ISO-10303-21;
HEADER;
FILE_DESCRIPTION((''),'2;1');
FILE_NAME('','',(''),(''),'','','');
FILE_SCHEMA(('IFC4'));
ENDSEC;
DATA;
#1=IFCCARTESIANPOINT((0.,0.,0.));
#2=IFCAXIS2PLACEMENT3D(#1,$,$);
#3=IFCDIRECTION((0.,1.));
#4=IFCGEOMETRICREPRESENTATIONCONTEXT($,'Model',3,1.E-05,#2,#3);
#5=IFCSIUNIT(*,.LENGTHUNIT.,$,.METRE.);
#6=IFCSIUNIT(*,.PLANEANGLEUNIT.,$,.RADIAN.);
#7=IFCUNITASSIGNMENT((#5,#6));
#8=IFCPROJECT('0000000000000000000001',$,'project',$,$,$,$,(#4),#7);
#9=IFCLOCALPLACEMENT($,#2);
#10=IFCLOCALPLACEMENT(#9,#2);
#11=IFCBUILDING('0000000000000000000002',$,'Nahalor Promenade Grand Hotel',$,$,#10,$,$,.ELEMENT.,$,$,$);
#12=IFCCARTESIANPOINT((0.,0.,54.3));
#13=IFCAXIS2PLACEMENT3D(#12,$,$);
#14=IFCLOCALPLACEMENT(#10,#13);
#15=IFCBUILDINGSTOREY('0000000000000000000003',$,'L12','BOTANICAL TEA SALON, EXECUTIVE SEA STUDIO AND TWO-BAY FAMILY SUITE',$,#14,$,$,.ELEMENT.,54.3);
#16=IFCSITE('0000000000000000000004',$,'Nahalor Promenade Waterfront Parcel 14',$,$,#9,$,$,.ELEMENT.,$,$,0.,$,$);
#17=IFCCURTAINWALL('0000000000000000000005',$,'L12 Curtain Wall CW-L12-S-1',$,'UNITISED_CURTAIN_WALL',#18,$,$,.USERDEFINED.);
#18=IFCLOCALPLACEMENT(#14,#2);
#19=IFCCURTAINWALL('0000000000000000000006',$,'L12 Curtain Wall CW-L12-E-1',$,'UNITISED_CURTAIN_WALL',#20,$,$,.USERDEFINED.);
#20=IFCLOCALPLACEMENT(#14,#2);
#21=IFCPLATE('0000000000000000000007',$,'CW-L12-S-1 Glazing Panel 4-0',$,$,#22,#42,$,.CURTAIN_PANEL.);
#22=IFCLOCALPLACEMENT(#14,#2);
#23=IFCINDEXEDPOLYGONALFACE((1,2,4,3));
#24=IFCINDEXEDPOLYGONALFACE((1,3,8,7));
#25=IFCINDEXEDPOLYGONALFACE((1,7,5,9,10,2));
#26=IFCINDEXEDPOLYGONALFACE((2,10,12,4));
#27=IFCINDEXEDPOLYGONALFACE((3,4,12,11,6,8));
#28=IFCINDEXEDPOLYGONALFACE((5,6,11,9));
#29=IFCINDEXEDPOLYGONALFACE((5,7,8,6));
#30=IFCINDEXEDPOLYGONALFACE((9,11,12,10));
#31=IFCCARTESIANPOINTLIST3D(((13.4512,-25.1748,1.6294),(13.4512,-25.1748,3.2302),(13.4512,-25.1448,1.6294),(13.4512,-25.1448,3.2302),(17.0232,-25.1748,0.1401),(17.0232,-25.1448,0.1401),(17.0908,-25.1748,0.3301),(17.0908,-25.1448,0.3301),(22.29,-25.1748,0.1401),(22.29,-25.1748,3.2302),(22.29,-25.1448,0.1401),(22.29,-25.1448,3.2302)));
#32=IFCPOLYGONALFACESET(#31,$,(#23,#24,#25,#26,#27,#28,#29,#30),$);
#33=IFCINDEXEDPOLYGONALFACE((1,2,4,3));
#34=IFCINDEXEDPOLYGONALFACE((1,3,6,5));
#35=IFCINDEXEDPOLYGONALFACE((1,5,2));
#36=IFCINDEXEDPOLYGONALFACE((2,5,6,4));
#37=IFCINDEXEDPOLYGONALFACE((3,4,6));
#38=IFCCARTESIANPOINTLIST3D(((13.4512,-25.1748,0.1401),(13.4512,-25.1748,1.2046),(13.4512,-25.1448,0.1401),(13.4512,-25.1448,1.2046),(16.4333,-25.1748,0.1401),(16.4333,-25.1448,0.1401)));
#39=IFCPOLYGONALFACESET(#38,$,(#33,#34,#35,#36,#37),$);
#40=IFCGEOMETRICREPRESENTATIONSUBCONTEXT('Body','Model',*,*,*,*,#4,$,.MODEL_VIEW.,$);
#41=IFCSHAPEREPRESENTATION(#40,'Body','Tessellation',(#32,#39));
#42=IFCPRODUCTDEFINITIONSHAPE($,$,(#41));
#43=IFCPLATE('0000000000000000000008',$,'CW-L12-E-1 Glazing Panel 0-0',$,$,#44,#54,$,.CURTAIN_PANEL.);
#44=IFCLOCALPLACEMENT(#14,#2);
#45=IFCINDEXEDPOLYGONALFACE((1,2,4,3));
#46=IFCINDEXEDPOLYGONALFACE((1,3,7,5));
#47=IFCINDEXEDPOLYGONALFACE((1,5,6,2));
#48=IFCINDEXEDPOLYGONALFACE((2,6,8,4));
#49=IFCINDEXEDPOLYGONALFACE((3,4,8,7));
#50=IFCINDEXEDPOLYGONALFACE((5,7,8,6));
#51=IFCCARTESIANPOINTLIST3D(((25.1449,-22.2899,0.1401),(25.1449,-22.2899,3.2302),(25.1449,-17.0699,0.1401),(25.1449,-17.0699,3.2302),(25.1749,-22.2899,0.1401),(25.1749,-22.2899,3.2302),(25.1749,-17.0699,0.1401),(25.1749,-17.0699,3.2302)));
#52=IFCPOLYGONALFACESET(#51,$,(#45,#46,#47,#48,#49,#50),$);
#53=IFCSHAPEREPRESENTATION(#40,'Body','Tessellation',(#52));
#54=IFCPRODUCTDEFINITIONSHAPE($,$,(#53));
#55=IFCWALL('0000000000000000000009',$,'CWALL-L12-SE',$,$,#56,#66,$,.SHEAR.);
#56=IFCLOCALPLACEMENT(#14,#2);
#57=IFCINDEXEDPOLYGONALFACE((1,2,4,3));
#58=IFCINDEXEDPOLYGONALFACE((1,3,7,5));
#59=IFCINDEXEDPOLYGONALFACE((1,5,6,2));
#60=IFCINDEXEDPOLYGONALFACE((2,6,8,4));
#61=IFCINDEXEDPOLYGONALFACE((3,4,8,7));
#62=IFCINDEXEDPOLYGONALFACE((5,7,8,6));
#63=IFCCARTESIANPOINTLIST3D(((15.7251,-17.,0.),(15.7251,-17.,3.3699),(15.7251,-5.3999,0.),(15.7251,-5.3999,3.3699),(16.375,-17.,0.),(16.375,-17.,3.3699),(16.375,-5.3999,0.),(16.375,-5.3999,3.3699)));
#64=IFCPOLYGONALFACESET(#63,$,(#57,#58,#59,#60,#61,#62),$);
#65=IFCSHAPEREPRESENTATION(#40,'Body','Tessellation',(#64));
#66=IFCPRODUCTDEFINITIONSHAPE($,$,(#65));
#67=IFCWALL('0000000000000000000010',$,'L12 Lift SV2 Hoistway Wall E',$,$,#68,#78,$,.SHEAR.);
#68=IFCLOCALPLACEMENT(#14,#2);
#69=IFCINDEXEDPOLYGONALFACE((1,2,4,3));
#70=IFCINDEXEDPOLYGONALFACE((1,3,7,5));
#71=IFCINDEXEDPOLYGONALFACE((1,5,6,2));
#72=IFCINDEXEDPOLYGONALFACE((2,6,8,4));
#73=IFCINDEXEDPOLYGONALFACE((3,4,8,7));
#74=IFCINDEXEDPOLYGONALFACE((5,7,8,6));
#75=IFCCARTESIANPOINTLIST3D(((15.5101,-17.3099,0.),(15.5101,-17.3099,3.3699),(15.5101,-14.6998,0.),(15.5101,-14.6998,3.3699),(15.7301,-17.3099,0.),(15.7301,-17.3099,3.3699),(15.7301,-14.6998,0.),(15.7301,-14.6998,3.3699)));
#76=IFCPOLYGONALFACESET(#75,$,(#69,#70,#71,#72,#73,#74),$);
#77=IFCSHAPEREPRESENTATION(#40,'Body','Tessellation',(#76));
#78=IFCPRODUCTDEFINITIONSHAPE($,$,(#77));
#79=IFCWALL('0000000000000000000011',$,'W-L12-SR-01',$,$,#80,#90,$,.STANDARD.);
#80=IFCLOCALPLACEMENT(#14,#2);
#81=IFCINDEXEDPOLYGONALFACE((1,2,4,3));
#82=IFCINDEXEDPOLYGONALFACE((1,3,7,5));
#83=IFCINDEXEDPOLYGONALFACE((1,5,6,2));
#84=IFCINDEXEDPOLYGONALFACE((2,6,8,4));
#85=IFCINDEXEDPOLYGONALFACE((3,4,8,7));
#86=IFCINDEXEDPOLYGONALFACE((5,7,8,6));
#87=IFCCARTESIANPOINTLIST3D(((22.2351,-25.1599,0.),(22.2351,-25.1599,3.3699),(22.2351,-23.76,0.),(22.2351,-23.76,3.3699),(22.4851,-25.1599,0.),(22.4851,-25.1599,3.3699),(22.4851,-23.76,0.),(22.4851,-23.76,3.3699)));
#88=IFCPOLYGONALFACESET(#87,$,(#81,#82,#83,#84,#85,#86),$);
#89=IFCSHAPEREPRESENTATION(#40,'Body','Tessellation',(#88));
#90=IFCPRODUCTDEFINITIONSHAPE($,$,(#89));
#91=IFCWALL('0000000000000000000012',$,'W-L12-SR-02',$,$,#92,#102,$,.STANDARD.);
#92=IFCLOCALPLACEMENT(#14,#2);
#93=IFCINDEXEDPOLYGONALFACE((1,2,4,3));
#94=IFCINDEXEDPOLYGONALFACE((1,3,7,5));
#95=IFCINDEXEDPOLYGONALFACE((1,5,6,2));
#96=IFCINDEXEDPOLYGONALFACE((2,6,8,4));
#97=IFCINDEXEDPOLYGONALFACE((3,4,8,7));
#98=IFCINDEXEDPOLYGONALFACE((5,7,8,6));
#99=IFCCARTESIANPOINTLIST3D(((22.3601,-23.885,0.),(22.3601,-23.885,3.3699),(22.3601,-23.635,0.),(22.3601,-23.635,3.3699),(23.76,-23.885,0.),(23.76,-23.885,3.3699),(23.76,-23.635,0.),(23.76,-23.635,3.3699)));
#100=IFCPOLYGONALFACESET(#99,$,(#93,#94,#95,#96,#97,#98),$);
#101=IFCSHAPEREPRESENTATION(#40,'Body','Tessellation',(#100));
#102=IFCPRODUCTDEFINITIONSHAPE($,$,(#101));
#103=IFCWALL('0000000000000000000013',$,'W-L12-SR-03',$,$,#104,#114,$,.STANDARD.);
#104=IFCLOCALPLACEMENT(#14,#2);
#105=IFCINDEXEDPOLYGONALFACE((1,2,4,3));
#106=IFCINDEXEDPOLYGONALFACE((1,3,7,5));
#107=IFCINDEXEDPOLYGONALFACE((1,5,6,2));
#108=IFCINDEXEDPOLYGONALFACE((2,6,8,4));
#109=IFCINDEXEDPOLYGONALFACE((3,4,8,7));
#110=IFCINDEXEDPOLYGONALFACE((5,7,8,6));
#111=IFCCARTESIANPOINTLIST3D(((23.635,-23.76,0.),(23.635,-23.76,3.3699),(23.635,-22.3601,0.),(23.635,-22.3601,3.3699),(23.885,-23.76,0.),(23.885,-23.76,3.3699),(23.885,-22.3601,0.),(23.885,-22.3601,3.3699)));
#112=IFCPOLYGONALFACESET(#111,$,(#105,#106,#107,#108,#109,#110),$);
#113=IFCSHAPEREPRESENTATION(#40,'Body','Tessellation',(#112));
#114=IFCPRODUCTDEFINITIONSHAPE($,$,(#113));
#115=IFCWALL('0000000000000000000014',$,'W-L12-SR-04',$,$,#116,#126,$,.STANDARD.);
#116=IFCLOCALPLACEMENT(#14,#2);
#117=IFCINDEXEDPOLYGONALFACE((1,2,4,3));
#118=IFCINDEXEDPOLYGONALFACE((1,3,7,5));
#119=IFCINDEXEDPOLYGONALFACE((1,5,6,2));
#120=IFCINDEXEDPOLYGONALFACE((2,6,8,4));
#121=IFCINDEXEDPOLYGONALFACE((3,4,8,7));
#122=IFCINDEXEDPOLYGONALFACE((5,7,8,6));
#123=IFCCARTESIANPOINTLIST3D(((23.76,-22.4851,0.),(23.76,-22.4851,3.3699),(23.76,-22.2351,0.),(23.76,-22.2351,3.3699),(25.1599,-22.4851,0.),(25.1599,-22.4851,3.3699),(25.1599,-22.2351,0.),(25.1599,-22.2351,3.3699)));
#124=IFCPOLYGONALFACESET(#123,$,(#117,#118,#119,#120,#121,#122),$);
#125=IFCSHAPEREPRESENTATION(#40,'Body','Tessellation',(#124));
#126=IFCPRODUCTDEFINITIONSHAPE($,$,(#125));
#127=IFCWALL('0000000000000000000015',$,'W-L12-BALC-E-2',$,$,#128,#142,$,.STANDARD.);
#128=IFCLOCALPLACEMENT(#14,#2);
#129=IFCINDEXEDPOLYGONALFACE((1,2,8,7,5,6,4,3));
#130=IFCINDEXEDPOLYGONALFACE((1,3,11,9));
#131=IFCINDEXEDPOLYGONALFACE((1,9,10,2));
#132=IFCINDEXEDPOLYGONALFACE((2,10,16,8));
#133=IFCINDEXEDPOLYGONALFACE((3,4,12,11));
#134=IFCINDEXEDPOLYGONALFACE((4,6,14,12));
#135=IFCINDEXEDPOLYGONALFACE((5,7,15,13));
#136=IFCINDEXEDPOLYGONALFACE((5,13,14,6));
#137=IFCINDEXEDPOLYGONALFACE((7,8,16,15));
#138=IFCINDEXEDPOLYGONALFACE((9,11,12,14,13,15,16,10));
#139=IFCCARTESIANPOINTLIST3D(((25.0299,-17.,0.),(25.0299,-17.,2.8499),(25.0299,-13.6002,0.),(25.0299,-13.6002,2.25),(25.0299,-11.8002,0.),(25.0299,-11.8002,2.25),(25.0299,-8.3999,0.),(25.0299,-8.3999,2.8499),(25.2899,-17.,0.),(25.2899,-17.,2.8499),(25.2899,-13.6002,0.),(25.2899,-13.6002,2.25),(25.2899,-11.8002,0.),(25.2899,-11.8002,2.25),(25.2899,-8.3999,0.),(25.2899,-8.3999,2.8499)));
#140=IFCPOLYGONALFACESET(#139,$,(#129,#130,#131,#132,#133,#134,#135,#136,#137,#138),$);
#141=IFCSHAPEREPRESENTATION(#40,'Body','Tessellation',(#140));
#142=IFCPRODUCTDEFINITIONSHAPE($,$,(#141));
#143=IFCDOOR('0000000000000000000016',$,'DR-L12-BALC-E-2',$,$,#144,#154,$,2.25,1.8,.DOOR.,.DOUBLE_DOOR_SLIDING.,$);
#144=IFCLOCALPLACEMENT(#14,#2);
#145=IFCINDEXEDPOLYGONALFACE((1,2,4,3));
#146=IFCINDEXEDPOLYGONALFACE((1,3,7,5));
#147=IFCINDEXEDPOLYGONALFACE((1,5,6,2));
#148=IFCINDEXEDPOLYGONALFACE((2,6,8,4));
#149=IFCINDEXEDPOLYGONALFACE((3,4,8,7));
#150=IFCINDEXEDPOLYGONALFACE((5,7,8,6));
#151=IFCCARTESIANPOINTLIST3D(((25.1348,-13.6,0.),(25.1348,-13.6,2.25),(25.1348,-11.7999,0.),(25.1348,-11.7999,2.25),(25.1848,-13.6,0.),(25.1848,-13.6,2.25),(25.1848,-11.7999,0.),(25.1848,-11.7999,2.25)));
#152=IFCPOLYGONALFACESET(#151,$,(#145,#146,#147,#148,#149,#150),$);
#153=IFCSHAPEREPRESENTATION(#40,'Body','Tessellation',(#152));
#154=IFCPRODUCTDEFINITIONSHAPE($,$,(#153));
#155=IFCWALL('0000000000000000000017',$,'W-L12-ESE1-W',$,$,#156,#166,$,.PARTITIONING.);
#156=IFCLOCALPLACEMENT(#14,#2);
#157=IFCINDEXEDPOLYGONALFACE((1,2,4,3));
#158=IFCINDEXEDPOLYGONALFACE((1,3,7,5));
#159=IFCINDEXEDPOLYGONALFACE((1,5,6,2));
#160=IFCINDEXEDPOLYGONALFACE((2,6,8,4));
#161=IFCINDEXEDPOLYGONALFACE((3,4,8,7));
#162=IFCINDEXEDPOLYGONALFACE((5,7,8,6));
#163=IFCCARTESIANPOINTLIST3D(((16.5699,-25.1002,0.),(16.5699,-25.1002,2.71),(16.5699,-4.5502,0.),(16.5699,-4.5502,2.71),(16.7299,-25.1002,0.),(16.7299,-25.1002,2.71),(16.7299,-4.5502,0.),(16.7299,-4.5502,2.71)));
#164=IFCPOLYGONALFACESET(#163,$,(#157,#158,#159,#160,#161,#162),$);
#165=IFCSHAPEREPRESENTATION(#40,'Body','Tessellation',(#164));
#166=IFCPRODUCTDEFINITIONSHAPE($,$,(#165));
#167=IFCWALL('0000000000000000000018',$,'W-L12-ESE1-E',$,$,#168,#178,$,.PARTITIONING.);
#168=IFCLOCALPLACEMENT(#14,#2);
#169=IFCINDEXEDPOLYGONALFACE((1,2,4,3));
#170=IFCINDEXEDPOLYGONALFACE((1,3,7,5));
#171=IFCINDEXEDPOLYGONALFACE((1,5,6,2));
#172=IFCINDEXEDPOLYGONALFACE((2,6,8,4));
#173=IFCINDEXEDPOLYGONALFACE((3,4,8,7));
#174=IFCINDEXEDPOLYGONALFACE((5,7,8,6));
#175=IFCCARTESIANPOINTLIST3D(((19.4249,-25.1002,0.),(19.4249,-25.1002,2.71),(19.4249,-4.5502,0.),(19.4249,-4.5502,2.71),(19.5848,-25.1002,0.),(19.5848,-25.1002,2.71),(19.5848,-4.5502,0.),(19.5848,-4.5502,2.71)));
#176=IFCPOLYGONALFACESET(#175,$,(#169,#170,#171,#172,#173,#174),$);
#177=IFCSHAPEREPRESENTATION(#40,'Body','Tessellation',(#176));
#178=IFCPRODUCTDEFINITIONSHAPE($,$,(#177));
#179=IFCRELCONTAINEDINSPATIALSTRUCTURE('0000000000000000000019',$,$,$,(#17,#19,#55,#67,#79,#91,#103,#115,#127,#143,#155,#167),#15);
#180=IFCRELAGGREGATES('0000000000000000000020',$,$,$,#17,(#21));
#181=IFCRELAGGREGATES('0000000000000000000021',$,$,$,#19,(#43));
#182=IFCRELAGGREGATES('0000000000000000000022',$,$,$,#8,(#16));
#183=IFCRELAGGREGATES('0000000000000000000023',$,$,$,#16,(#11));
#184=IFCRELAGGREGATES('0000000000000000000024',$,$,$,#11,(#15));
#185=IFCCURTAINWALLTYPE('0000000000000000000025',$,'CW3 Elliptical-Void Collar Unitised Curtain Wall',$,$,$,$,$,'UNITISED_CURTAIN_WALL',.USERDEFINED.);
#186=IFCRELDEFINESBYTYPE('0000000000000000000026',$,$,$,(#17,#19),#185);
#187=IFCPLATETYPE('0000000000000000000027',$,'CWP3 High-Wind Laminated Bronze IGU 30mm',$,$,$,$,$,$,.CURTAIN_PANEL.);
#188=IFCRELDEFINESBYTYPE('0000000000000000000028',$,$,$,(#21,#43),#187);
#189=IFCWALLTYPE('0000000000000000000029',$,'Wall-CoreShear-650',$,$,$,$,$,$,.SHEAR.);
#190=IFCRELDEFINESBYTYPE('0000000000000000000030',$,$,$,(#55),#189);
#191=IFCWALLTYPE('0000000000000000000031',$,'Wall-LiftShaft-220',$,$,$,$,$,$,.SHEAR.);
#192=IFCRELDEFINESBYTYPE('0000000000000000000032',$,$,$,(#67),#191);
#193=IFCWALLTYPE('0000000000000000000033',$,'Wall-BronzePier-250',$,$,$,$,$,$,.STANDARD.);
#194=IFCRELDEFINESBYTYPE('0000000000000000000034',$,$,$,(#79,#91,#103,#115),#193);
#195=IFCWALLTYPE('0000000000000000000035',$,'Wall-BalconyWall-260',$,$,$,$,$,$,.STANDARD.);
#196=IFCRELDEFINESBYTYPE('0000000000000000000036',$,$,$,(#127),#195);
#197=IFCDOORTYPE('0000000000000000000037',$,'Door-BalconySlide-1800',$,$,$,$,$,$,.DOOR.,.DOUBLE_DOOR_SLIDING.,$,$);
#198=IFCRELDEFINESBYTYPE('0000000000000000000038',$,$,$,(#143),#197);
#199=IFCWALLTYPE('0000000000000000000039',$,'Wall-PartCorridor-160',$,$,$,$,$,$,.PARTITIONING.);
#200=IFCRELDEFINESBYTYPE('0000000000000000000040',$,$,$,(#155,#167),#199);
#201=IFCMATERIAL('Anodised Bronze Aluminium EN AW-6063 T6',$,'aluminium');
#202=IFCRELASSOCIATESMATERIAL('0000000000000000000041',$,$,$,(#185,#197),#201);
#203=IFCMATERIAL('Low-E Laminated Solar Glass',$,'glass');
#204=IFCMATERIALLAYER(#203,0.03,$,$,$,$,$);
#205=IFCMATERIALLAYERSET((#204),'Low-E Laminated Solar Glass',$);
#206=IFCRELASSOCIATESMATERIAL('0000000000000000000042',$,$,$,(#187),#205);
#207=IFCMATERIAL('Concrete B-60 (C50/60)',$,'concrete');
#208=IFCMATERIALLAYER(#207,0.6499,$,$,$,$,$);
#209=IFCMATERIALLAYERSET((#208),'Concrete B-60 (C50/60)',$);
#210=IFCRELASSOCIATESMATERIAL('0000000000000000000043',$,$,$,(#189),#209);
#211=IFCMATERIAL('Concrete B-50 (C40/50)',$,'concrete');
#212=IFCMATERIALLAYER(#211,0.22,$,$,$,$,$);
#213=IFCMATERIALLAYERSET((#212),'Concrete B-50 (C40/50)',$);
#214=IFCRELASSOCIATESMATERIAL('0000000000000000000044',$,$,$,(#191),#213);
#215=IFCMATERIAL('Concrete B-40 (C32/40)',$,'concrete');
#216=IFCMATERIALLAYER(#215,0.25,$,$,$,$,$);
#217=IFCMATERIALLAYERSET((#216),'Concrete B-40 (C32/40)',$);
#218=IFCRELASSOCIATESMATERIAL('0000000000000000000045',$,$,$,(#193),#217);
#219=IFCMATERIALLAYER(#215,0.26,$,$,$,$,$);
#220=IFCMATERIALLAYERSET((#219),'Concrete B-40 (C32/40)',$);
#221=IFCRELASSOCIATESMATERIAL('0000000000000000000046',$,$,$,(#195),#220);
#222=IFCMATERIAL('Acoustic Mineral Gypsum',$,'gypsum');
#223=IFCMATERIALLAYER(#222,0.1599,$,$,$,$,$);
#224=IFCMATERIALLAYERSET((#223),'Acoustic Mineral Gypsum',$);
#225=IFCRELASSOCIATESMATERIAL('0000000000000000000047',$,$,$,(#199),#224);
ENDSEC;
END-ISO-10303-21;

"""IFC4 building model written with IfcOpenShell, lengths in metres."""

from ifc_helpers import new_model, si_unit, direction, frame, frame_2d, origin, origin_2d, place, context, subcontext, project, spatial, polyline, rectangle, outline, extrude, source, transform, mapped, material, layer, layer_set, type_object, element, fill, aggregate, save


model = new_model("IFC4")

# Units and contexts
model_context = context("Model", 3, precision=1e-05, world=origin(), true_north=direction((0.0, 1.0)))
body_context = subcontext(model_context, "Body", "Model", "MODEL_VIEW")
ifc_project = project(units=[si_unit("LENGTHUNIT", "METRE"), si_unit("PLANEANGLEUNIT", "RADIAN")], contexts=[model_context])

# Site, building, storey
site_placement = place(None, origin())
site = spatial("IfcSite", under=ifc_project, at=site_placement, Name="Nahalor Promenade Waterfront Parcel 14", CompositionType="ELEMENT", RefElevation=0.0)
building_placement = place(site_placement, origin())
building = spatial("IfcBuilding", under=site, at=building_placement, Name="Nahalor Promenade Grand Hotel", CompositionType="ELEMENT")
storey_placement = place(building_placement, frame((0.0, 0.0, 54.3)))
storey = spatial("IfcBuildingStorey", under=building, at=storey_placement, Name="L12", Description="BOTANICAL TEA SALON, EXECUTIVE SEA STUDIO AND TWO-BAY FAMILY SUITE", CompositionType="ELEMENT", Elevation=54.3)

# Curtain wall
ifc_material_1 = material(Name="Anodised Bronze Aluminium EN AW-6063 T6", Category="aluminium")
curtain_wall_type = type_object("IfcCurtainWallType", Name="CW3 Elliptical-Void Collar Unitised Curtain Wall", ElementType="UNITISED_CURTAIN_WALL", PredefinedType="USERDEFINED", material=ifc_material_1)
curtain_wall_1_placement = place(storey_placement, origin())
curtain_wall_1 = element("IfcCurtainWall", 1, at=curtain_wall_1_placement, inside=storey, type_object=curtain_wall_type, Name="L12 Curtain Wall CW-L12-S-1", ObjectType="UNITISED_CURTAIN_WALL", PredefinedType="USERDEFINED")

# Curtain wall
curtain_wall_2_placement = place(storey_placement, origin())
curtain_wall_2 = element("IfcCurtainWall", 2, at=curtain_wall_2_placement, inside=storey, type_object=curtain_wall_type, Name="L12 Curtain Wall CW-L12-E-1", ObjectType="UNITISED_CURTAIN_WALL", PredefinedType="USERDEFINED")

# Plates
ifc_material_2 = material(Name="Low-E Laminated Solar Glass", Category="glass")
ifc_layer_1 = layer(ifc_material_2, 0.03)
ifc_layer_set_1 = layer_set([ifc_layer_1], Name="Low-E Laminated Solar Glass")
plate_type = type_object("IfcPlateType", Name="CWP3 High-Wind Laminated Bronze IGU 30mm", PredefinedType="CURTAIN_PANEL", material=ifc_layer_set_1)
plate_1_placement = place(storey_placement, frame((17.8706, -25.1599, 0.1401), z_axis=(0.0, 0.0, 1.0), x_axis=(1.0, 0.0, 0.0)))
plate_1 = element("IfcPlate", 3, at=plate_1_placement, type_object=plate_type, Name="CW-L12-S-1 Glazing Panel 4-0", PredefinedType="CURTAIN_PANEL", context=body_context, shape_type="SweptSolid", body=[
    extrude(outline(polyline([(4.4194, 3.0901), (-4.4194, 3.0901), (-4.4194, 1.4893), (-0.7798, 0.1899), (-0.8474, 0.0), (4.4194, 0.0), (4.4194, 3.0901)])), frame((0.0, 0.0151, 0.0), z_axis=(0.0, -1.0, 0.0), x_axis=(1.0, 0.0, 0.0)), (0.0, 0.0, 1.0), 0.03),
    extrude(outline(polyline([(-4.4194, 1.0645), (-4.4194, 0.0), (-1.4373, 0.0), (-4.4194, 1.0645)])), frame((0.0, 0.0151, 0.0), z_axis=(0.0, -1.0, 0.0), x_axis=(1.0, 0.0, 0.0)), (0.0, 0.0, 1.0), 0.03),
])
aggregate(curtain_wall_1, [plate_1])
shared_shape_1 = source(origin(), body_context, "Body", "SweptSolid", [
    extrude(rectangle(XDim=5.22, YDim=0.03, at=origin_2d()), origin(), (0.0, 0.0, 1.0), 3.0901),
])
plate_2_placement = place(storey_placement, frame((25.1599, -19.6799, 0.1401), z_axis=(0.0, 0.0, 1.0), x_axis=(0.0, 1.0, 0.0)))
plate_2 = element("IfcPlate", 4, at=plate_2_placement, type_object=plate_type, Name="CW-L12-E-1 Glazing Panel 0-0", PredefinedType="CURTAIN_PANEL", context=body_context, shape_type="MappedRepresentation", body=[
    mapped(shared_shape_1, transform((0.0, 0.0, 0.0), scale=1.0)),
])
aggregate(curtain_wall_2, [plate_2])

# Walls
ifc_material_3 = material(Name="Concrete B-60 (C50/60)", Category="concrete")
ifc_layer_2 = layer(ifc_material_3, 0.6499)
ifc_layer_set_2 = layer_set([ifc_layer_2], Name="Concrete B-60 (C50/60)")
wall_type_1 = type_object("IfcWallType", Name="Wall-CoreShear-650", PredefinedType="SHEAR", material=ifc_layer_set_2)
shared_shape_2 = source(origin(), body_context, "Body", "SweptSolid", [
    extrude(rectangle(XDim=11.6001, YDim=0.6499, at=frame_2d((5.8, 0.0))), origin(), (0.0, 0.0, 1.0), 3.3699),
])
wall_1_placement = place(storey_placement, frame((16.05, -17.0, 0.0), z_axis=(0.0, 0.0, 1.0), x_axis=(0.0, 1.0, 0.0)))
element("IfcWall", 5, at=wall_1_placement, inside=storey, type_object=wall_type_1, Name="CWALL-L12-SE", PredefinedType="SHEAR", context=body_context, shape_type="MappedRepresentation", body=[
    mapped(shared_shape_2, transform((0.0, 0.0, 0.0), scale=1.0)),
])
ifc_material_4 = material(Name="Concrete B-50 (C40/50)", Category="concrete")
ifc_layer_3 = layer(ifc_material_4, 0.22)
ifc_layer_set_3 = layer_set([ifc_layer_3], Name="Concrete B-50 (C40/50)")
wall_type_2 = type_object("IfcWallType", Name="Wall-LiftShaft-220", PredefinedType="SHEAR", material=ifc_layer_set_3)
shared_shape_3 = source(origin(), body_context, "Body", "SweptSolid", [
    extrude(rectangle(XDim=2.6101, YDim=0.22, at=frame_2d((1.3052, 0.0))), origin(), (0.0, 0.0, 1.0), 3.3699),
])
wall_2_placement = place(storey_placement, frame((15.6201, -17.3101, 0.0), z_axis=(0.0, 0.0, 1.0), x_axis=(0.0, 1.0, 0.0)))
element("IfcWall", 6, at=wall_2_placement, inside=storey, type_object=wall_type_2, Name="L12 Lift SV2 Hoistway Wall E", PredefinedType="SHEAR", context=body_context, shape_type="MappedRepresentation", body=[
    mapped(shared_shape_3, transform((0.0, 0.0, 0.0), scale=1.0)),
])
ifc_material_5 = material(Name="Concrete B-40 (C32/40)", Category="concrete")
ifc_layer_4 = layer(ifc_material_5, 0.25)
ifc_layer_set_4 = layer_set([ifc_layer_4], Name="Concrete B-40 (C32/40)")
wall_type_3 = type_object("IfcWallType", Name="Wall-BronzePier-250", PredefinedType="STANDARD", material=ifc_layer_set_4)
shared_shape_4 = source(origin(), body_context, "Body", "SweptSolid", [
    extrude(rectangle(XDim=1.3999, YDim=0.25, at=frame_2d((0.7, 0.0))), origin(), (0.0, 0.0, 1.0), 3.3699),
])
for number, where, z_axis, x_axis, name in (
    (7, (22.3601, -25.1599, 0.0), (0.0, 0.0, 1.0), (0.0, 1.0, 0.0), "W-L12-SR-01"),
    (8, (22.3601, -23.76, 0.0), (0.0, 0.0, 1.0), (1.0, 0.0, 0.0), "W-L12-SR-02"),
    (9, (23.76, -23.76, 0.0), (0.0, 0.0, 1.0), (0.0, 1.0, 0.0), "W-L12-SR-03"),
    (10, (23.76, -22.3601, 0.0), (0.0, 0.0, 1.0), (1.0, 0.0, 0.0), "W-L12-SR-04"),
):
    element("IfcWall", number, at=place(storey_placement, frame(where, z_axis=z_axis, x_axis=x_axis)), inside=storey, type_object=wall_type_3, Name=name, PredefinedType="STANDARD", context=body_context, shape_type="MappedRepresentation", body=[
        mapped(shared_shape_4, transform((0.0, 0.0, 0.0), scale=1.0)),
    ])

# Wall, opening, door
ifc_layer_5 = layer(ifc_material_5, 0.26)
ifc_layer_set_5 = layer_set([ifc_layer_5], Name="Concrete B-40 (C32/40)")
wall_type_4 = type_object("IfcWallType", Name="Wall-BalconyWall-260", PredefinedType="STANDARD", material=ifc_layer_set_5)
shared_shape_5 = source(origin(), body_context, "Body", "SweptSolid", [
    extrude(rectangle(XDim=8.6001, YDim=0.26, at=frame_2d((4.3, 0.0))), origin(), (0.0, 0.0, 1.0), 2.8499),
])
wall_3_placement = place(storey_placement, frame((25.1599, -17.0, 0.0), z_axis=(0.0, 0.0, 1.0), x_axis=(0.0, 1.0, 0.0)))
wall_3 = element("IfcWall", 11, at=wall_3_placement, inside=storey, type_object=wall_type_4, Name="W-L12-BALC-E-2", PredefinedType="STANDARD", context=body_context, shape_type="MappedRepresentation", body=[
    mapped(shared_shape_5, transform((0.0, 0.0, 0.0), scale=1.0)),
])
opening_placement = place(wall_3_placement, frame((3.3999, 0.0, 0.0)))
opening = element("IfcOpeningElement", 12, at=opening_placement, cuts=wall_3, PredefinedType="OPENING", context=body_context, shape_type="SweptSolid", body=[
    extrude(rectangle(XDim=1.8, YDim=2.25, at=frame_2d((0.8999, 1.125))), frame((0.0, 0.1399, 0.0), z_axis=(0.0, -1.0, 0.0), x_axis=(1.0, 0.0, 0.0)), (0.0, 0.0, 1.0), 0.28),
])
door_type = type_object("IfcDoorType", Name="Door-BalconySlide-1800", OperationType="DOUBLE_DOOR_SLIDING", PredefinedType="DOOR", material=ifc_material_1)
shared_shape_6 = source(origin(), body_context, "Body", "SweptSolid", [
    extrude(rectangle(XDim=1.8, YDim=2.25, at=frame_2d((0.8999, 1.125))), frame((0.0, 0.0249, 0.0), z_axis=(0.0, -1.0, 0.0), x_axis=(1.0, 0.0, 0.0)), (0.0, 0.0, 1.0), 0.05),
])
door_placement = place(opening_placement, frame((1.8, 0.0, 0.0), z_axis=(0.0, 0.0, 1.0), x_axis=(-1.0, 0.0, 0.0)))
door = element("IfcDoor", 13, at=door_placement, inside=storey, type_object=door_type, Name="DR-L12-BALC-E-2", OperationType="DOUBLE_DOOR_SLIDING", OverallHeight=2.25, OverallWidth=1.8, PredefinedType="DOOR", context=body_context, shape_type="MappedRepresentation", body=[
    mapped(shared_shape_6, transform((0.0, 0.0, 0.0), scale=1.0)),
])
fill(opening, door)

# Walls
ifc_material_6 = material(Name="Acoustic Mineral Gypsum", Category="gypsum")
ifc_layer_6 = layer(ifc_material_6, 0.1599)
ifc_layer_set_6 = layer_set([ifc_layer_6], Name="Acoustic Mineral Gypsum")
wall_type_5 = type_object("IfcWallType", Name="Wall-PartCorridor-160", PredefinedType="PARTITIONING", material=ifc_layer_set_6)
shared_shape_7 = source(origin(), body_context, "Body", "SweptSolid", [
    extrude(rectangle(XDim=20.55, YDim=0.1599, at=frame_2d((10.2749, 0.0))), origin(), (0.0, 0.0, 1.0), 2.71),
])
for number, where, z_axis, x_axis, name in (
    (14, (16.6499, -25.1001, 0.0), (0.0, 0.0, 1.0), (0.0, 1.0, 0.0), "W-L12-ESE1-W"),
    (15, (19.5049, -25.1001, 0.0), (0.0, 0.0, 1.0), (0.0, 1.0, 0.0), "W-L12-ESE1-E"),
):
    element("IfcWall", number, at=place(storey_placement, frame(where, z_axis=z_axis, x_axis=x_axis)), inside=storey, type_object=wall_type_5, Name=name, PredefinedType="PARTITIONING", context=body_context, shape_type="MappedRepresentation", body=[
        mapped(shared_shape_7, transform((0.0, 0.0, 0.0), scale=1.0)),
    ])

save(model, "model.ifc")
